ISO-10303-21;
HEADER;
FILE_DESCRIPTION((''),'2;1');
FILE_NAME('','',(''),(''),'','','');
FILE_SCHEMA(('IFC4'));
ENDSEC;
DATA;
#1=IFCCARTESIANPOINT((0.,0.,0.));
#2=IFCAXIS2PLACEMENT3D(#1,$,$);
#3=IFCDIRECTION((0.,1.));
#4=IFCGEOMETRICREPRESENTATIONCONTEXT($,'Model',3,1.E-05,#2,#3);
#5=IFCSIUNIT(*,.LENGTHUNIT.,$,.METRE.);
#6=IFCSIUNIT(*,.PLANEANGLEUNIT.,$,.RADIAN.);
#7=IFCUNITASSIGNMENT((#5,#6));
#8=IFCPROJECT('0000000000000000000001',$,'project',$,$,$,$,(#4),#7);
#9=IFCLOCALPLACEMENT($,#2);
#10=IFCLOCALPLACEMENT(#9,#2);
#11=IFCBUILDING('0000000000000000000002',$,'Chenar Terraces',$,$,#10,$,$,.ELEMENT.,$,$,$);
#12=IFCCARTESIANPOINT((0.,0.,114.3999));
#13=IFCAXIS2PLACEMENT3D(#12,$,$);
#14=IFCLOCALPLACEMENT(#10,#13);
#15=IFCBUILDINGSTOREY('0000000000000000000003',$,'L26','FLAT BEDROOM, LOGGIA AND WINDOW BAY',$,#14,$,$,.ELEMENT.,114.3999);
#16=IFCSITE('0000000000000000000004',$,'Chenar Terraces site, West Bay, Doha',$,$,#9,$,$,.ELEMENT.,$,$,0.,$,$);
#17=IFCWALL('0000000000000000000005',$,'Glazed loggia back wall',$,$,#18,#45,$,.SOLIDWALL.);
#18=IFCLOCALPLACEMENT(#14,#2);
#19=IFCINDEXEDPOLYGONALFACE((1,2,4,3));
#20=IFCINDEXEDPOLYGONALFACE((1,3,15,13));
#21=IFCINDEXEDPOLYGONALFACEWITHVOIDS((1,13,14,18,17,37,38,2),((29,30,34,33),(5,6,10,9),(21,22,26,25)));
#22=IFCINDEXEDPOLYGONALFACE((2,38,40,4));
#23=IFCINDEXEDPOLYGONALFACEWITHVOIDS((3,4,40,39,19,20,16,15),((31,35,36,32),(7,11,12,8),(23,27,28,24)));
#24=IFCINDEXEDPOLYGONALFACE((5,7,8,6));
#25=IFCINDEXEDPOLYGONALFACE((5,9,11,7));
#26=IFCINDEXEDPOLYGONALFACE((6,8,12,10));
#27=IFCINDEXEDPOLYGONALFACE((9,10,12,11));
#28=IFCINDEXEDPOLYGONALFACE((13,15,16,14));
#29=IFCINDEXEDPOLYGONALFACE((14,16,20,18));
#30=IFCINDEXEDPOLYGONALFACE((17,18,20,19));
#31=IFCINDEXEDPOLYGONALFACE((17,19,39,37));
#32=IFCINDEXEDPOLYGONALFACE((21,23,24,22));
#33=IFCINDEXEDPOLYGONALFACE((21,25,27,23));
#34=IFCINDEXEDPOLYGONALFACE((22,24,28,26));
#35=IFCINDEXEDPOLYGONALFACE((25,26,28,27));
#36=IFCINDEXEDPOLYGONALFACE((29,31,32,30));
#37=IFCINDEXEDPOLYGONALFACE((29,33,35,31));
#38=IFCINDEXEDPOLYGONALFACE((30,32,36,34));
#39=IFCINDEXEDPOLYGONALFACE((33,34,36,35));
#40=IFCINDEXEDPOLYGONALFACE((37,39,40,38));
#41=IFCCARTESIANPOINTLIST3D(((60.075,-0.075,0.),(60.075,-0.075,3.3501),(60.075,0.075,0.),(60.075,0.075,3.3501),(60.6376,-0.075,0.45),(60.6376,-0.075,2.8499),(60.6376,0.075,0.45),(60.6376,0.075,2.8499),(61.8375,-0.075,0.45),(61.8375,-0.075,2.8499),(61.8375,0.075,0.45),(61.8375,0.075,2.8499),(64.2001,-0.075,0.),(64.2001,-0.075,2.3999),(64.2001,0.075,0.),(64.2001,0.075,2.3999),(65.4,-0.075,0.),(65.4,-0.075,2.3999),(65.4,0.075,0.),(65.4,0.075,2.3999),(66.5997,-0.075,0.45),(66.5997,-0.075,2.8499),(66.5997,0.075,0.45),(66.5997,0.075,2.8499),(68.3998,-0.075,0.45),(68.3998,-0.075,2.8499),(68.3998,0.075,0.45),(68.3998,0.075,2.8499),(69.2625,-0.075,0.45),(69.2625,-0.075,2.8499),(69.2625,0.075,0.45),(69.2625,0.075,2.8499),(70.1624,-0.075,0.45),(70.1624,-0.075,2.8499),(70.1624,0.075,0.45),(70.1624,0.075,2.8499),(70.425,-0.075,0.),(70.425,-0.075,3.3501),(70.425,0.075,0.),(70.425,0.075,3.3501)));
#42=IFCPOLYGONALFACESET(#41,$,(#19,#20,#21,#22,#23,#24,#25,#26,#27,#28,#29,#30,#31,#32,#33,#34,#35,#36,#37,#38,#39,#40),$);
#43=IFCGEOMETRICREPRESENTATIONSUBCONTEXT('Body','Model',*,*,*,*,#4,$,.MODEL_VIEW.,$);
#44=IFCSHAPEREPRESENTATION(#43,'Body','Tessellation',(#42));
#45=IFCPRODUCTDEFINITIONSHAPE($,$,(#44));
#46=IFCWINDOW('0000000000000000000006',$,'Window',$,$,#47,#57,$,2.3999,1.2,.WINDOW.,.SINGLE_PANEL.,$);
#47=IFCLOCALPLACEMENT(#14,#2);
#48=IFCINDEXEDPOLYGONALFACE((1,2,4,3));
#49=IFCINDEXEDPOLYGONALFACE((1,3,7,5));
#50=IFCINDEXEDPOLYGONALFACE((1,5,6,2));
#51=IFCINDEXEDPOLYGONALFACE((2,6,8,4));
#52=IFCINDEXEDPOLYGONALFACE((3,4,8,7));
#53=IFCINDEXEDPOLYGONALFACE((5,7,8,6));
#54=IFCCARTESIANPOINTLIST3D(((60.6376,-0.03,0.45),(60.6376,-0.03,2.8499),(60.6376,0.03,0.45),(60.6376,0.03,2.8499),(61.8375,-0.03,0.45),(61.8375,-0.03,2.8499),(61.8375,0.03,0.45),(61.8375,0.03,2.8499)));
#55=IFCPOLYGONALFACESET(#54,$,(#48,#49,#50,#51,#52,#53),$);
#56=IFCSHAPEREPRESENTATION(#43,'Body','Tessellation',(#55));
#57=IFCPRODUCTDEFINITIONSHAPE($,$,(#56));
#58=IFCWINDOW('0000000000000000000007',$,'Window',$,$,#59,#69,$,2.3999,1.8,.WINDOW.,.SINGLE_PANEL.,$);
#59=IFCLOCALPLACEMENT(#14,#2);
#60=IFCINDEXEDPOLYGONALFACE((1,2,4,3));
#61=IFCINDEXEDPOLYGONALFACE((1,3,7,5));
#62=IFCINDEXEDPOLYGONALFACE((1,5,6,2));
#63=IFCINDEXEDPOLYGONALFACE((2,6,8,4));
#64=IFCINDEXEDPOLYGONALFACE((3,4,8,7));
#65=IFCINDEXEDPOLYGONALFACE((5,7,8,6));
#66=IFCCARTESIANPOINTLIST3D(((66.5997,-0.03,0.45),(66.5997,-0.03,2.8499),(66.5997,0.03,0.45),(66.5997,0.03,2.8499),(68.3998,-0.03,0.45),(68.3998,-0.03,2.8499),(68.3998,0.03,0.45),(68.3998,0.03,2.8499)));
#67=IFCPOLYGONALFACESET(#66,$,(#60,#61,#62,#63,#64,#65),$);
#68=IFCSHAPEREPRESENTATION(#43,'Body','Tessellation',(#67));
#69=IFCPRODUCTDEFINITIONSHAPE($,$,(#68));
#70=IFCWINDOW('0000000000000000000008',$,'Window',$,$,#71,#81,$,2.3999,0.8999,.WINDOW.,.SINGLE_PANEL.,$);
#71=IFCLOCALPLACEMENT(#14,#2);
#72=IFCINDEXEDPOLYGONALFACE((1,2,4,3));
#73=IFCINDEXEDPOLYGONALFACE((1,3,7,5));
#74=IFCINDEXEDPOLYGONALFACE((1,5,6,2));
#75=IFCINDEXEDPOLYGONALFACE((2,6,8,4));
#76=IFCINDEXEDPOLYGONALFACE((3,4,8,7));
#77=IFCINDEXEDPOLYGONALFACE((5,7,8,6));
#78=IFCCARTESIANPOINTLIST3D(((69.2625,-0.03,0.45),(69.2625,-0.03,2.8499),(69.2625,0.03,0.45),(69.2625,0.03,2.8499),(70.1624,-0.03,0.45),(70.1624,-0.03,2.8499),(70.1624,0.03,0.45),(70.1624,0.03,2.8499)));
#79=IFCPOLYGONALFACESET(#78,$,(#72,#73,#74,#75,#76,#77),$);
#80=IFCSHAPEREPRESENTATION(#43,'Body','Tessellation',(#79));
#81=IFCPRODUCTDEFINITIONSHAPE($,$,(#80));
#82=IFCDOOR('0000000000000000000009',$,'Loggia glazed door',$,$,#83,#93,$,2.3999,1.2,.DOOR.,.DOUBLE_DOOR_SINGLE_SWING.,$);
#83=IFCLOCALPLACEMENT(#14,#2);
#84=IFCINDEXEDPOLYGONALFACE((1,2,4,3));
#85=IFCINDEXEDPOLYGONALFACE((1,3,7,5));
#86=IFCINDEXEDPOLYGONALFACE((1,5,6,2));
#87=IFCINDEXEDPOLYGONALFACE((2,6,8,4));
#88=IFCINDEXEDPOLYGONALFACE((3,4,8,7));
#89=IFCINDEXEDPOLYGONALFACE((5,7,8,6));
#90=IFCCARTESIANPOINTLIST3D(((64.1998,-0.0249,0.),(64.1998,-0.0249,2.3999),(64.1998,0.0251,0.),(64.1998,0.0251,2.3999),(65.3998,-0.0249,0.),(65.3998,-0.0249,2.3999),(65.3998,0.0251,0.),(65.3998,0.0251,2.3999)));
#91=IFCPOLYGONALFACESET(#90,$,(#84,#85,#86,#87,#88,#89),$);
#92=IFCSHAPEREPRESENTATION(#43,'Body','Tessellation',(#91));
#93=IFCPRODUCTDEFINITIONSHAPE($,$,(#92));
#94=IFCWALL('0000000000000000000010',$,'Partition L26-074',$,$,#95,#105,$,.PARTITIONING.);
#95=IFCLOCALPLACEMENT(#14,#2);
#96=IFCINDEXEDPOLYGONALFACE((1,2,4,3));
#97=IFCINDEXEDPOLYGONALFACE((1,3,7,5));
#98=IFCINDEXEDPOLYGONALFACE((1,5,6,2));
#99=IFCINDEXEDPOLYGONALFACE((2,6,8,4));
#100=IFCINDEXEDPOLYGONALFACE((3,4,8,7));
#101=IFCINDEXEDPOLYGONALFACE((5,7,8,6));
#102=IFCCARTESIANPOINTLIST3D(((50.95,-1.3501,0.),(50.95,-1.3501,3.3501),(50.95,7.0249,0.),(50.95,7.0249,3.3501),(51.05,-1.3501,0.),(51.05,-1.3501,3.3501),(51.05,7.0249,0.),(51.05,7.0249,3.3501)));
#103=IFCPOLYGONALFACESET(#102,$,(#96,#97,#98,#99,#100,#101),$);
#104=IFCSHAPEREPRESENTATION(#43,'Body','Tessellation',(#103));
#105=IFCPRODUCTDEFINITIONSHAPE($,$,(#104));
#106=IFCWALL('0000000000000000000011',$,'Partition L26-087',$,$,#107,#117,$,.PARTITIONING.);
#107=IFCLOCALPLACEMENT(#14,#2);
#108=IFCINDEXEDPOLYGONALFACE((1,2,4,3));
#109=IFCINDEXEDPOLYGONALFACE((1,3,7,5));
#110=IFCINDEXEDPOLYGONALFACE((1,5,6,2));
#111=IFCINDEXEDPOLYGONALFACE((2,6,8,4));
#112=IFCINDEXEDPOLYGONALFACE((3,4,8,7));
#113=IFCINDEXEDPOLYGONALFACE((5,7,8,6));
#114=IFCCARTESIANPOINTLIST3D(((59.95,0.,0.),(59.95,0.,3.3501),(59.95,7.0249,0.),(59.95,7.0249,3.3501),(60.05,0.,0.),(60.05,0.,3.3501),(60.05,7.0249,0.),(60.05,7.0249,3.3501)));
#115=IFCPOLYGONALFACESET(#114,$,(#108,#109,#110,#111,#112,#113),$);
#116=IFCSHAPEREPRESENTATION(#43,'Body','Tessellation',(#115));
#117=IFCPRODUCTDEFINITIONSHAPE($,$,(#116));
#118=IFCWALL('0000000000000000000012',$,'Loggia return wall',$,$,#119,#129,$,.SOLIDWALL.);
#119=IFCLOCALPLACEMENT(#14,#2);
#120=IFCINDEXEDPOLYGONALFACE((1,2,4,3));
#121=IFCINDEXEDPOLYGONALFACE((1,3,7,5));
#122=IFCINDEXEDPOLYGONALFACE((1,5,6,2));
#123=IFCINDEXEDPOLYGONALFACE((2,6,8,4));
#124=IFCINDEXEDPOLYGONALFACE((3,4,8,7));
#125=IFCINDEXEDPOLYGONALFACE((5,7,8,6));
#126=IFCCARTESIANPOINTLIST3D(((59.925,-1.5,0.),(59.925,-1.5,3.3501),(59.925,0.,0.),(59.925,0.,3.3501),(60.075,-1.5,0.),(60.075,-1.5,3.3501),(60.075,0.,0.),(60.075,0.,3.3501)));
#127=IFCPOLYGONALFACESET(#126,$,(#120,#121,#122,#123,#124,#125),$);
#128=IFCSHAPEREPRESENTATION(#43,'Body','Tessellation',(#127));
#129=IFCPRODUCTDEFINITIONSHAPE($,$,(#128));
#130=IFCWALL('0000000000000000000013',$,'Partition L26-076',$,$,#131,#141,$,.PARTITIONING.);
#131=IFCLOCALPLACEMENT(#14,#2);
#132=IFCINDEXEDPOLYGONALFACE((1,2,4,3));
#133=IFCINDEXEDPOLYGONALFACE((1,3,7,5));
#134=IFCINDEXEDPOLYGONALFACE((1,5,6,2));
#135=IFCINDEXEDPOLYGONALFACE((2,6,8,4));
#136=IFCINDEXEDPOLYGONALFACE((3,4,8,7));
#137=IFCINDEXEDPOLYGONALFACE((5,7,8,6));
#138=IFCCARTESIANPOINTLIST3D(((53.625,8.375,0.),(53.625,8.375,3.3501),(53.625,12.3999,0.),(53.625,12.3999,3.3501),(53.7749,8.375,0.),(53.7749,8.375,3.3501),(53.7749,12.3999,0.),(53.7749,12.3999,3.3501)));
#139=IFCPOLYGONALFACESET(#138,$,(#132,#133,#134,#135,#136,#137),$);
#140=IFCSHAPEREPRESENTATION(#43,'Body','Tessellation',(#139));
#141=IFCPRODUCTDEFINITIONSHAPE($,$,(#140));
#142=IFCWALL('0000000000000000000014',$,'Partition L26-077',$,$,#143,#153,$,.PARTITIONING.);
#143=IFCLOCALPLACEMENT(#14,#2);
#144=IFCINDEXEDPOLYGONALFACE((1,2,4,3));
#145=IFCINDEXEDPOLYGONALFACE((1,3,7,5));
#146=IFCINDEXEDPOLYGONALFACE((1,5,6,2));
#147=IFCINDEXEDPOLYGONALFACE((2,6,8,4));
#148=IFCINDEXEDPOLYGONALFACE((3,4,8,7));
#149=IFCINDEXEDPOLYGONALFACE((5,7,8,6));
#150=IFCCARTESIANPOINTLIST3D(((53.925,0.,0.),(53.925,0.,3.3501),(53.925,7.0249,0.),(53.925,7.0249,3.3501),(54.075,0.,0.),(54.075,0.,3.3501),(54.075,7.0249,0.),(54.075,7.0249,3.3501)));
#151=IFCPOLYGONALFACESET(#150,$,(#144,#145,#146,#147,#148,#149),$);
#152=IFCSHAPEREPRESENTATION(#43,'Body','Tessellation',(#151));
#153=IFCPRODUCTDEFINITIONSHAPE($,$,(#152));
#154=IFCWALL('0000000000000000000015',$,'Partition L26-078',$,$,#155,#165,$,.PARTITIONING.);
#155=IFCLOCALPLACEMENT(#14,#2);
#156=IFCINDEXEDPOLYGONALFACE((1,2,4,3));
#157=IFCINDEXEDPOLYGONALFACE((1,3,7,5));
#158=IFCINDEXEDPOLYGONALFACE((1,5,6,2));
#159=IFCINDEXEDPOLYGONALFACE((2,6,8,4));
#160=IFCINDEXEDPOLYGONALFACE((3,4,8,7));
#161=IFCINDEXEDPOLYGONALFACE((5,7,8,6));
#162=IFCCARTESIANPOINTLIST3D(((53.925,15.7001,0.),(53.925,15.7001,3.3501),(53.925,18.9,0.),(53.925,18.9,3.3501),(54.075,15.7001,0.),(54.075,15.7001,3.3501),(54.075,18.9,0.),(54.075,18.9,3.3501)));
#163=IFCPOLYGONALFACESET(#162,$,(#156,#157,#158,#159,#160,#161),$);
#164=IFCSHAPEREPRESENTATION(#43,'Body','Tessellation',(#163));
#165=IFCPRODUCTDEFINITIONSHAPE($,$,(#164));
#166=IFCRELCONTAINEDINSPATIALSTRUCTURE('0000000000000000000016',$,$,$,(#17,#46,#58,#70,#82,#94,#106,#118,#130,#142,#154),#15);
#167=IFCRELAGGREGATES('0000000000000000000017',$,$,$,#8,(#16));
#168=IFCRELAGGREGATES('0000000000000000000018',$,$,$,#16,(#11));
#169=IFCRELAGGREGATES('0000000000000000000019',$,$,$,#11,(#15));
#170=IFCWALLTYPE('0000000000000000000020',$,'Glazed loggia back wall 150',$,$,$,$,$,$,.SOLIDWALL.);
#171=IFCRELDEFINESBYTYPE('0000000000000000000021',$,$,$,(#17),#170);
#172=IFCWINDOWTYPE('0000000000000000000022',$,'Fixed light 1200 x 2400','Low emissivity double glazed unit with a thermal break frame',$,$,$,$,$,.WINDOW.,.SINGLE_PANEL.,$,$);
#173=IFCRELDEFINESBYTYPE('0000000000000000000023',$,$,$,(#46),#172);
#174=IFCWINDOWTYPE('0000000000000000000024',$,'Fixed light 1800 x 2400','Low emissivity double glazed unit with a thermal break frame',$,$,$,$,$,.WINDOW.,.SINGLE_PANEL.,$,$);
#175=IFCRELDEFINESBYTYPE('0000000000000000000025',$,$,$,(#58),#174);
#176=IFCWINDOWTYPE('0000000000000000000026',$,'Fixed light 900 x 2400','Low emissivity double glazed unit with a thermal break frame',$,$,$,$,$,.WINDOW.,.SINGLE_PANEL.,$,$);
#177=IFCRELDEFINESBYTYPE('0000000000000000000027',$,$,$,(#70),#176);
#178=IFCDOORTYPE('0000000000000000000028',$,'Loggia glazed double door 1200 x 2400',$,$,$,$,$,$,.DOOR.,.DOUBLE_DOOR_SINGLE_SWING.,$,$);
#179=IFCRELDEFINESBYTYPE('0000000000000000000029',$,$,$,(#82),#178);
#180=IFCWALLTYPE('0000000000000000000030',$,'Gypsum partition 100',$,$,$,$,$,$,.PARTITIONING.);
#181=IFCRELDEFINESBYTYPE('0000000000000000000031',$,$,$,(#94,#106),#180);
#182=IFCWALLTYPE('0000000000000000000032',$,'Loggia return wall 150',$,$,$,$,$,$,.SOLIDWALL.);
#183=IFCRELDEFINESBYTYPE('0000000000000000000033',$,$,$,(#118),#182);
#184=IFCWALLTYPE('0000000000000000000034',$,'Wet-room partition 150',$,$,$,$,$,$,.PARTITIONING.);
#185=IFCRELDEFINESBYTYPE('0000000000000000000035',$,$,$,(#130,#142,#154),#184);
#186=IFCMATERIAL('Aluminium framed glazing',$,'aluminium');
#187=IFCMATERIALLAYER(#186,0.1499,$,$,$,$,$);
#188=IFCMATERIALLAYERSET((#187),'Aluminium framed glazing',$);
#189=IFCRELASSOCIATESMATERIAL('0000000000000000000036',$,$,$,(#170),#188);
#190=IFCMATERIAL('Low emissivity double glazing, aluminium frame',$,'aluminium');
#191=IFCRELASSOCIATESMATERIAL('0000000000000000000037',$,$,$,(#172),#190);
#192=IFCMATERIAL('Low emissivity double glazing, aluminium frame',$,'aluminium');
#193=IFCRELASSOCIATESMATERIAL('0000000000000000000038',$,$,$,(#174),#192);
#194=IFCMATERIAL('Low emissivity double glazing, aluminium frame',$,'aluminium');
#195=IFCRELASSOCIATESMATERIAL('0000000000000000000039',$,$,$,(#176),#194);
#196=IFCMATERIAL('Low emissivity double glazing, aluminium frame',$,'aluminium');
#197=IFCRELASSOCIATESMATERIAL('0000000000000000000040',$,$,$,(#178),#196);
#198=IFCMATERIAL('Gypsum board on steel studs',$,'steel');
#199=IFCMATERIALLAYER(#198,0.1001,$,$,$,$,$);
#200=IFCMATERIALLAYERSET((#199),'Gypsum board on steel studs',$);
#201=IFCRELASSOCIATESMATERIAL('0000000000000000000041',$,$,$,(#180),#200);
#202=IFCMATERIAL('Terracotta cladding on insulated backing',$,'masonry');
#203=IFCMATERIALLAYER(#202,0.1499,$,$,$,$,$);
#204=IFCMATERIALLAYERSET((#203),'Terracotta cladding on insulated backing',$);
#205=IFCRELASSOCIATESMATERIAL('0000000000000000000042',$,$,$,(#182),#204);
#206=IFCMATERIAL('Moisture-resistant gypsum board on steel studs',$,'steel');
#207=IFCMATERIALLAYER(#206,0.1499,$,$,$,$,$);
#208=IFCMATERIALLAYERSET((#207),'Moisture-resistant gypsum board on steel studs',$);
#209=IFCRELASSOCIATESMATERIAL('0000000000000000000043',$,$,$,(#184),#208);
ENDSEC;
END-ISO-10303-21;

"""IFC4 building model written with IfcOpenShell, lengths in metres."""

from ifc_helpers import new_model, si_unit, direction, frame, frame_2d, origin, place, context, subcontext, project, spatial, rectangle, extrude, material, layer, layer_set, type_object, element, fill, save


model = new_model("IFC4")

# Units and contexts
model_context = context("Model", 3, precision=1e-05, world=origin(), true_north=direction((0.0, 1.0)))
body_context = subcontext(model_context, "Body", "Model", "MODEL_VIEW")
ifc_project = project(units=[si_unit("LENGTHUNIT", "METRE"), si_unit("PLANEANGLEUNIT", "RADIAN")], contexts=[model_context])

# Site, building, storey
site_placement = place(None, origin())
site = spatial("IfcSite", under=ifc_project, at=site_placement, Name="Chenar Terraces site, West Bay, Doha", CompositionType="ELEMENT", RefElevation=0.0)
building_placement = place(site_placement, origin())
building = spatial("IfcBuilding", under=site, at=building_placement, Name="Chenar Terraces", CompositionType="ELEMENT")
storey_placement = place(building_placement, frame((0.0, 0.0, 114.3999)))
storey = spatial("IfcBuildingStorey", under=building, at=storey_placement, Name="L26", Description="FLAT BEDROOM, LOGGIA AND WINDOW BAY", CompositionType="ELEMENT", Elevation=114.3999)

# Wall, openings, windows, door
ifc_material_1 = material(Name="Aluminium framed glazing", Category="aluminium")
ifc_layer_1 = layer(ifc_material_1, 0.1499)
ifc_layer_set_1 = layer_set([ifc_layer_1], Name="Aluminium framed glazing")
wall_type_1 = type_object("IfcWallType", Name="Glazed loggia back wall 150", PredefinedType="SOLIDWALL", material=ifc_layer_set_1)
wall_1_placement = place(storey_placement, frame((60.075, 0.0, 0.0), z_axis=(0.0, 0.0, 1.0), x_axis=(1.0, 0.0, 0.0)))
wall_1 = element("IfcWall", 1, at=wall_1_placement, inside=storey, type_object=wall_type_1, Name="Glazed loggia back wall", PredefinedType="SOLIDWALL", context=body_context, shape_type="SweptSolid", body=[
    extrude(rectangle(XDim=10.3501, YDim=0.1499, at=frame_2d((5.175, 0.0))), origin(), (0.0, 0.0, 1.0), 3.3501),
])
opening_1_placement = place(wall_1_placement, frame((0.5625, 0.0, 0.45)))
opening_1 = element("IfcOpeningElement", 2, at=opening_1_placement, cuts=wall_1, PredefinedType="OPENING", context=body_context, shape_type="SweptSolid", body=[
    extrude(rectangle(XDim=1.2, YDim=2.3999, at=frame_2d((0.6001, 1.2))), frame((0.0, 0.085, 0.0), z_axis=(0.0, -1.0, 0.0), x_axis=(1.0, 0.0, 0.0)), (0.0, 0.0, 1.0), 0.1699),
])
opening_2_placement = place(wall_1_placement, frame((4.125, 0.0, 0.0)))
opening_2 = element("IfcOpeningElement", 3, at=opening_2_placement, cuts=wall_1, PredefinedType="OPENING", context=body_context, shape_type="SweptSolid", body=[
    extrude(rectangle(XDim=1.2, YDim=2.3999, at=frame_2d((0.6001, 1.2))), frame((0.0, 0.085, 0.0), z_axis=(0.0, -1.0, 0.0), x_axis=(1.0, 0.0, 0.0)), (0.0, 0.0, 1.0), 0.1699),
])
opening_3_placement = place(wall_1_placement, frame((6.5249, 0.0, 0.45)))
opening_3 = element("IfcOpeningElement", 4, at=opening_3_placement, cuts=wall_1, PredefinedType="OPENING", context=body_context, shape_type="SweptSolid", body=[
    extrude(rectangle(XDim=1.8, YDim=2.3999, at=frame_2d((0.8999, 1.2))), frame((0.0, 0.085, 0.0), z_axis=(0.0, -1.0, 0.0), x_axis=(1.0, 0.0, 0.0)), (0.0, 0.0, 1.0), 0.1699),
])
opening_4_placement = place(wall_1_placement, frame((9.1875, 0.0, 0.45)))
opening_4 = element("IfcOpeningElement", 5, at=opening_4_placement, cuts=wall_1, PredefinedType="OPENING", context=body_context, shape_type="SweptSolid", body=[
    extrude(rectangle(XDim=0.8999, YDim=2.3999, at=frame_2d((0.45, 1.2))), frame((0.0, 0.085, 0.0), z_axis=(0.0, -1.0, 0.0), x_axis=(1.0, 0.0, 0.0)), (0.0, 0.0, 1.0), 0.1699),
])
ifc_material_2 = material(Name="Low emissivity double glazing, aluminium frame", Category="aluminium")
window_type_1 = type_object("IfcWindowType", Name="Fixed light 1200 x 2400", Description="Low emissivity double glazed unit with a thermal break frame", PartitioningType="SINGLE_PANEL", PredefinedType="WINDOW", material=ifc_material_2)
window_1_placement = place(opening_1_placement, origin())
window_1 = element("IfcWindow", 6, at=window_1_placement, inside=storey, type_object=window_type_1, Name="Window", OverallHeight=2.3999, OverallWidth=1.2, PartitioningType="SINGLE_PANEL", PredefinedType="WINDOW", context=body_context, shape_type="SweptSolid", body=[
    extrude(rectangle(XDim=1.2, YDim=2.3999, at=frame_2d((0.6001, 1.2))), frame((0.0, 0.03, 0.0), z_axis=(0.0, -1.0, 0.0), x_axis=(1.0, 0.0, 0.0)), (0.0, 0.0, 1.0), 0.0601),
])
fill(opening_1, window_1)
ifc_material_3 = material(Name="Low emissivity double glazing, aluminium frame", Category="aluminium")
window_type_2 = type_object("IfcWindowType", Name="Fixed light 1800 x 2400", Description="Low emissivity double glazed unit with a thermal break frame", PartitioningType="SINGLE_PANEL", PredefinedType="WINDOW", material=ifc_material_3)
window_2_placement = place(opening_3_placement, origin())
window_2 = element("IfcWindow", 7, at=window_2_placement, inside=storey, type_object=window_type_2, Name="Window", OverallHeight=2.3999, OverallWidth=1.8, PartitioningType="SINGLE_PANEL", PredefinedType="WINDOW", context=body_context, shape_type="SweptSolid", body=[
    extrude(rectangle(XDim=1.8, YDim=2.3999, at=frame_2d((0.8999, 1.2))), frame((0.0, 0.03, 0.0), z_axis=(0.0, -1.0, 0.0), x_axis=(1.0, 0.0, 0.0)), (0.0, 0.0, 1.0), 0.0601),
])
fill(opening_3, window_2)
ifc_material_4 = material(Name="Low emissivity double glazing, aluminium frame", Category="aluminium")
window_type_3 = type_object("IfcWindowType", Name="Fixed light 900 x 2400", Description="Low emissivity double glazed unit with a thermal break frame", PartitioningType="SINGLE_PANEL", PredefinedType="WINDOW", material=ifc_material_4)
window_3_placement = place(opening_4_placement, origin())
window_3 = element("IfcWindow", 8, at=window_3_placement, inside=storey, type_object=window_type_3, Name="Window", OverallHeight=2.3999, OverallWidth=0.8999, PartitioningType="SINGLE_PANEL", PredefinedType="WINDOW", context=body_context, shape_type="SweptSolid", body=[
    extrude(rectangle(XDim=0.8999, YDim=2.3999, at=frame_2d((0.45, 1.2))), frame((0.0, 0.03, 0.0), z_axis=(0.0, -1.0, 0.0), x_axis=(1.0, 0.0, 0.0)), (0.0, 0.0, 1.0), 0.0601),
])
fill(opening_4, window_3)
ifc_material_5 = material(Name="Low emissivity double glazing, aluminium frame", Category="aluminium")
door_type_1 = type_object("IfcDoorType", Name="Loggia glazed double door 1200 x 2400", OperationType="DOUBLE_DOOR_SINGLE_SWING", PredefinedType="DOOR", material=ifc_material_5)
door_1_placement = place(opening_2_placement, frame((1.2, 0.0, 0.0), z_axis=(0.0, 0.0, 1.0), x_axis=(-1.0, 0.0, 0.0)))
door_1 = element("IfcDoor", 9, at=door_1_placement, inside=storey, type_object=door_type_1, Name="Loggia glazed door", OperationType="DOUBLE_DOOR_SINGLE_SWING", OverallHeight=2.3999, OverallWidth=1.2, PredefinedType="DOOR", context=body_context, shape_type="SweptSolid", body=[
    extrude(rectangle(XDim=1.2, YDim=2.3999, at=frame_2d((0.6001, 1.2))), frame((0.0, 0.0249, 0.0), z_axis=(0.0, -1.0, 0.0), x_axis=(1.0, 0.0, 0.0)), (0.0, 0.0, 1.0), 0.05),
])
fill(opening_2, door_1)

# Walls
ifc_material_6 = material(Name="Gypsum board on steel studs", Category="steel")
ifc_layer_2 = layer(ifc_material_6, 0.1001)
ifc_layer_set_2 = layer_set([ifc_layer_2], Name="Gypsum board on steel studs")
wall_type_2 = type_object("IfcWallType", Name="Gypsum partition 100", PredefinedType="PARTITIONING", material=ifc_layer_set_2)
wall_2_placement = place(storey_placement, frame((51.0, -1.3501, 0.0), z_axis=(0.0, 0.0, 1.0), x_axis=(0.0, 1.0, 0.0)))
element("IfcWall", 10, at=wall_2_placement, inside=storey, type_object=wall_type_2, Name="Partition L26-074", PredefinedType="PARTITIONING", context=body_context, shape_type="SweptSolid", body=[
    extrude(rectangle(XDim=8.375, YDim=0.1001, at=frame_2d((4.1875, 0.0))), origin(), (0.0, 0.0, 1.0), 3.3501),
])
wall_3_placement = place(storey_placement, frame((60.0, 0.0, 0.0), z_axis=(0.0, 0.0, 1.0), x_axis=(0.0, 1.0, 0.0)))
element("IfcWall", 11, at=wall_3_placement, inside=storey, type_object=wall_type_2, Name="Partition L26-087", PredefinedType="PARTITIONING", context=body_context, shape_type="SweptSolid", body=[
    extrude(rectangle(XDim=7.0249, YDim=0.1001, at=frame_2d((3.5125, 0.0))), origin(), (0.0, 0.0, 1.0), 3.3501),
])
ifc_material_7 = material(Name="Terracotta cladding on insulated backing", Category="masonry")
ifc_layer_3 = layer(ifc_material_7, 0.1499)
ifc_layer_set_3 = layer_set([ifc_layer_3], Name="Terracotta cladding on insulated backing")
wall_type_3 = type_object("IfcWallType", Name="Loggia return wall 150", PredefinedType="SOLIDWALL", material=ifc_layer_set_3)
wall_4_placement = place(storey_placement, frame((60.0, -1.5, 0.0), z_axis=(0.0, 0.0, 1.0), x_axis=(0.0, 1.0, 0.0)))
element("IfcWall", 12, at=wall_4_placement, inside=storey, type_object=wall_type_3, Name="Loggia return wall", PredefinedType="SOLIDWALL", context=body_context, shape_type="SweptSolid", body=[
    extrude(rectangle(XDim=1.5, YDim=0.1499, at=frame_2d((0.75, 0.0))), origin(), (0.0, 0.0, 1.0), 3.3501),
])
ifc_material_8 = material(Name="Moisture-resistant gypsum board on steel studs", Category="steel")
ifc_layer_4 = layer(ifc_material_8, 0.1499)
ifc_layer_set_4 = layer_set([ifc_layer_4], Name="Moisture-resistant gypsum board on steel studs")
wall_type_4 = type_object("IfcWallType", Name="Wet-room partition 150", PredefinedType="PARTITIONING", material=ifc_layer_set_4)
wall_5_placement = place(storey_placement, frame((53.7, 8.375, 0.0), z_axis=(0.0, 0.0, 1.0), x_axis=(0.0, 1.0, 0.0)))
element("IfcWall", 13, at=wall_5_placement, inside=storey, type_object=wall_type_4, Name="Partition L26-076", PredefinedType="PARTITIONING", context=body_context, shape_type="SweptSolid", body=[
    extrude(rectangle(XDim=4.0249, YDim=0.1499, at=frame_2d((2.0125, 0.0))), origin(), (0.0, 0.0, 1.0), 3.3501),
])
wall_6_placement = place(storey_placement, frame((54.0, 0.0, 0.0), z_axis=(0.0, 0.0, 1.0), x_axis=(0.0, 1.0, 0.0)))
element("IfcWall", 14, at=wall_6_placement, inside=storey, type_object=wall_type_4, Name="Partition L26-077", PredefinedType="PARTITIONING", context=body_context, shape_type="SweptSolid", body=[
    extrude(rectangle(XDim=7.0249, YDim=0.1499, at=frame_2d((3.5125, 0.0))), origin(), (0.0, 0.0, 1.0), 3.3501),
])
wall_7_placement = place(storey_placement, frame((54.0, 15.7, 0.0), z_axis=(0.0, 0.0, 1.0), x_axis=(0.0, 1.0, 0.0)))
element("IfcWall", 15, at=wall_7_placement, inside=storey, type_object=wall_type_4, Name="Partition L26-078", PredefinedType="PARTITIONING", context=body_context, shape_type="SweptSolid", body=[
    extrude(rectangle(XDim=3.2, YDim=0.1499, at=frame_2d((1.6001, 0.0))), origin(), (0.0, 0.0, 1.0), 3.3501),
])

save(model, "model.ifc")
